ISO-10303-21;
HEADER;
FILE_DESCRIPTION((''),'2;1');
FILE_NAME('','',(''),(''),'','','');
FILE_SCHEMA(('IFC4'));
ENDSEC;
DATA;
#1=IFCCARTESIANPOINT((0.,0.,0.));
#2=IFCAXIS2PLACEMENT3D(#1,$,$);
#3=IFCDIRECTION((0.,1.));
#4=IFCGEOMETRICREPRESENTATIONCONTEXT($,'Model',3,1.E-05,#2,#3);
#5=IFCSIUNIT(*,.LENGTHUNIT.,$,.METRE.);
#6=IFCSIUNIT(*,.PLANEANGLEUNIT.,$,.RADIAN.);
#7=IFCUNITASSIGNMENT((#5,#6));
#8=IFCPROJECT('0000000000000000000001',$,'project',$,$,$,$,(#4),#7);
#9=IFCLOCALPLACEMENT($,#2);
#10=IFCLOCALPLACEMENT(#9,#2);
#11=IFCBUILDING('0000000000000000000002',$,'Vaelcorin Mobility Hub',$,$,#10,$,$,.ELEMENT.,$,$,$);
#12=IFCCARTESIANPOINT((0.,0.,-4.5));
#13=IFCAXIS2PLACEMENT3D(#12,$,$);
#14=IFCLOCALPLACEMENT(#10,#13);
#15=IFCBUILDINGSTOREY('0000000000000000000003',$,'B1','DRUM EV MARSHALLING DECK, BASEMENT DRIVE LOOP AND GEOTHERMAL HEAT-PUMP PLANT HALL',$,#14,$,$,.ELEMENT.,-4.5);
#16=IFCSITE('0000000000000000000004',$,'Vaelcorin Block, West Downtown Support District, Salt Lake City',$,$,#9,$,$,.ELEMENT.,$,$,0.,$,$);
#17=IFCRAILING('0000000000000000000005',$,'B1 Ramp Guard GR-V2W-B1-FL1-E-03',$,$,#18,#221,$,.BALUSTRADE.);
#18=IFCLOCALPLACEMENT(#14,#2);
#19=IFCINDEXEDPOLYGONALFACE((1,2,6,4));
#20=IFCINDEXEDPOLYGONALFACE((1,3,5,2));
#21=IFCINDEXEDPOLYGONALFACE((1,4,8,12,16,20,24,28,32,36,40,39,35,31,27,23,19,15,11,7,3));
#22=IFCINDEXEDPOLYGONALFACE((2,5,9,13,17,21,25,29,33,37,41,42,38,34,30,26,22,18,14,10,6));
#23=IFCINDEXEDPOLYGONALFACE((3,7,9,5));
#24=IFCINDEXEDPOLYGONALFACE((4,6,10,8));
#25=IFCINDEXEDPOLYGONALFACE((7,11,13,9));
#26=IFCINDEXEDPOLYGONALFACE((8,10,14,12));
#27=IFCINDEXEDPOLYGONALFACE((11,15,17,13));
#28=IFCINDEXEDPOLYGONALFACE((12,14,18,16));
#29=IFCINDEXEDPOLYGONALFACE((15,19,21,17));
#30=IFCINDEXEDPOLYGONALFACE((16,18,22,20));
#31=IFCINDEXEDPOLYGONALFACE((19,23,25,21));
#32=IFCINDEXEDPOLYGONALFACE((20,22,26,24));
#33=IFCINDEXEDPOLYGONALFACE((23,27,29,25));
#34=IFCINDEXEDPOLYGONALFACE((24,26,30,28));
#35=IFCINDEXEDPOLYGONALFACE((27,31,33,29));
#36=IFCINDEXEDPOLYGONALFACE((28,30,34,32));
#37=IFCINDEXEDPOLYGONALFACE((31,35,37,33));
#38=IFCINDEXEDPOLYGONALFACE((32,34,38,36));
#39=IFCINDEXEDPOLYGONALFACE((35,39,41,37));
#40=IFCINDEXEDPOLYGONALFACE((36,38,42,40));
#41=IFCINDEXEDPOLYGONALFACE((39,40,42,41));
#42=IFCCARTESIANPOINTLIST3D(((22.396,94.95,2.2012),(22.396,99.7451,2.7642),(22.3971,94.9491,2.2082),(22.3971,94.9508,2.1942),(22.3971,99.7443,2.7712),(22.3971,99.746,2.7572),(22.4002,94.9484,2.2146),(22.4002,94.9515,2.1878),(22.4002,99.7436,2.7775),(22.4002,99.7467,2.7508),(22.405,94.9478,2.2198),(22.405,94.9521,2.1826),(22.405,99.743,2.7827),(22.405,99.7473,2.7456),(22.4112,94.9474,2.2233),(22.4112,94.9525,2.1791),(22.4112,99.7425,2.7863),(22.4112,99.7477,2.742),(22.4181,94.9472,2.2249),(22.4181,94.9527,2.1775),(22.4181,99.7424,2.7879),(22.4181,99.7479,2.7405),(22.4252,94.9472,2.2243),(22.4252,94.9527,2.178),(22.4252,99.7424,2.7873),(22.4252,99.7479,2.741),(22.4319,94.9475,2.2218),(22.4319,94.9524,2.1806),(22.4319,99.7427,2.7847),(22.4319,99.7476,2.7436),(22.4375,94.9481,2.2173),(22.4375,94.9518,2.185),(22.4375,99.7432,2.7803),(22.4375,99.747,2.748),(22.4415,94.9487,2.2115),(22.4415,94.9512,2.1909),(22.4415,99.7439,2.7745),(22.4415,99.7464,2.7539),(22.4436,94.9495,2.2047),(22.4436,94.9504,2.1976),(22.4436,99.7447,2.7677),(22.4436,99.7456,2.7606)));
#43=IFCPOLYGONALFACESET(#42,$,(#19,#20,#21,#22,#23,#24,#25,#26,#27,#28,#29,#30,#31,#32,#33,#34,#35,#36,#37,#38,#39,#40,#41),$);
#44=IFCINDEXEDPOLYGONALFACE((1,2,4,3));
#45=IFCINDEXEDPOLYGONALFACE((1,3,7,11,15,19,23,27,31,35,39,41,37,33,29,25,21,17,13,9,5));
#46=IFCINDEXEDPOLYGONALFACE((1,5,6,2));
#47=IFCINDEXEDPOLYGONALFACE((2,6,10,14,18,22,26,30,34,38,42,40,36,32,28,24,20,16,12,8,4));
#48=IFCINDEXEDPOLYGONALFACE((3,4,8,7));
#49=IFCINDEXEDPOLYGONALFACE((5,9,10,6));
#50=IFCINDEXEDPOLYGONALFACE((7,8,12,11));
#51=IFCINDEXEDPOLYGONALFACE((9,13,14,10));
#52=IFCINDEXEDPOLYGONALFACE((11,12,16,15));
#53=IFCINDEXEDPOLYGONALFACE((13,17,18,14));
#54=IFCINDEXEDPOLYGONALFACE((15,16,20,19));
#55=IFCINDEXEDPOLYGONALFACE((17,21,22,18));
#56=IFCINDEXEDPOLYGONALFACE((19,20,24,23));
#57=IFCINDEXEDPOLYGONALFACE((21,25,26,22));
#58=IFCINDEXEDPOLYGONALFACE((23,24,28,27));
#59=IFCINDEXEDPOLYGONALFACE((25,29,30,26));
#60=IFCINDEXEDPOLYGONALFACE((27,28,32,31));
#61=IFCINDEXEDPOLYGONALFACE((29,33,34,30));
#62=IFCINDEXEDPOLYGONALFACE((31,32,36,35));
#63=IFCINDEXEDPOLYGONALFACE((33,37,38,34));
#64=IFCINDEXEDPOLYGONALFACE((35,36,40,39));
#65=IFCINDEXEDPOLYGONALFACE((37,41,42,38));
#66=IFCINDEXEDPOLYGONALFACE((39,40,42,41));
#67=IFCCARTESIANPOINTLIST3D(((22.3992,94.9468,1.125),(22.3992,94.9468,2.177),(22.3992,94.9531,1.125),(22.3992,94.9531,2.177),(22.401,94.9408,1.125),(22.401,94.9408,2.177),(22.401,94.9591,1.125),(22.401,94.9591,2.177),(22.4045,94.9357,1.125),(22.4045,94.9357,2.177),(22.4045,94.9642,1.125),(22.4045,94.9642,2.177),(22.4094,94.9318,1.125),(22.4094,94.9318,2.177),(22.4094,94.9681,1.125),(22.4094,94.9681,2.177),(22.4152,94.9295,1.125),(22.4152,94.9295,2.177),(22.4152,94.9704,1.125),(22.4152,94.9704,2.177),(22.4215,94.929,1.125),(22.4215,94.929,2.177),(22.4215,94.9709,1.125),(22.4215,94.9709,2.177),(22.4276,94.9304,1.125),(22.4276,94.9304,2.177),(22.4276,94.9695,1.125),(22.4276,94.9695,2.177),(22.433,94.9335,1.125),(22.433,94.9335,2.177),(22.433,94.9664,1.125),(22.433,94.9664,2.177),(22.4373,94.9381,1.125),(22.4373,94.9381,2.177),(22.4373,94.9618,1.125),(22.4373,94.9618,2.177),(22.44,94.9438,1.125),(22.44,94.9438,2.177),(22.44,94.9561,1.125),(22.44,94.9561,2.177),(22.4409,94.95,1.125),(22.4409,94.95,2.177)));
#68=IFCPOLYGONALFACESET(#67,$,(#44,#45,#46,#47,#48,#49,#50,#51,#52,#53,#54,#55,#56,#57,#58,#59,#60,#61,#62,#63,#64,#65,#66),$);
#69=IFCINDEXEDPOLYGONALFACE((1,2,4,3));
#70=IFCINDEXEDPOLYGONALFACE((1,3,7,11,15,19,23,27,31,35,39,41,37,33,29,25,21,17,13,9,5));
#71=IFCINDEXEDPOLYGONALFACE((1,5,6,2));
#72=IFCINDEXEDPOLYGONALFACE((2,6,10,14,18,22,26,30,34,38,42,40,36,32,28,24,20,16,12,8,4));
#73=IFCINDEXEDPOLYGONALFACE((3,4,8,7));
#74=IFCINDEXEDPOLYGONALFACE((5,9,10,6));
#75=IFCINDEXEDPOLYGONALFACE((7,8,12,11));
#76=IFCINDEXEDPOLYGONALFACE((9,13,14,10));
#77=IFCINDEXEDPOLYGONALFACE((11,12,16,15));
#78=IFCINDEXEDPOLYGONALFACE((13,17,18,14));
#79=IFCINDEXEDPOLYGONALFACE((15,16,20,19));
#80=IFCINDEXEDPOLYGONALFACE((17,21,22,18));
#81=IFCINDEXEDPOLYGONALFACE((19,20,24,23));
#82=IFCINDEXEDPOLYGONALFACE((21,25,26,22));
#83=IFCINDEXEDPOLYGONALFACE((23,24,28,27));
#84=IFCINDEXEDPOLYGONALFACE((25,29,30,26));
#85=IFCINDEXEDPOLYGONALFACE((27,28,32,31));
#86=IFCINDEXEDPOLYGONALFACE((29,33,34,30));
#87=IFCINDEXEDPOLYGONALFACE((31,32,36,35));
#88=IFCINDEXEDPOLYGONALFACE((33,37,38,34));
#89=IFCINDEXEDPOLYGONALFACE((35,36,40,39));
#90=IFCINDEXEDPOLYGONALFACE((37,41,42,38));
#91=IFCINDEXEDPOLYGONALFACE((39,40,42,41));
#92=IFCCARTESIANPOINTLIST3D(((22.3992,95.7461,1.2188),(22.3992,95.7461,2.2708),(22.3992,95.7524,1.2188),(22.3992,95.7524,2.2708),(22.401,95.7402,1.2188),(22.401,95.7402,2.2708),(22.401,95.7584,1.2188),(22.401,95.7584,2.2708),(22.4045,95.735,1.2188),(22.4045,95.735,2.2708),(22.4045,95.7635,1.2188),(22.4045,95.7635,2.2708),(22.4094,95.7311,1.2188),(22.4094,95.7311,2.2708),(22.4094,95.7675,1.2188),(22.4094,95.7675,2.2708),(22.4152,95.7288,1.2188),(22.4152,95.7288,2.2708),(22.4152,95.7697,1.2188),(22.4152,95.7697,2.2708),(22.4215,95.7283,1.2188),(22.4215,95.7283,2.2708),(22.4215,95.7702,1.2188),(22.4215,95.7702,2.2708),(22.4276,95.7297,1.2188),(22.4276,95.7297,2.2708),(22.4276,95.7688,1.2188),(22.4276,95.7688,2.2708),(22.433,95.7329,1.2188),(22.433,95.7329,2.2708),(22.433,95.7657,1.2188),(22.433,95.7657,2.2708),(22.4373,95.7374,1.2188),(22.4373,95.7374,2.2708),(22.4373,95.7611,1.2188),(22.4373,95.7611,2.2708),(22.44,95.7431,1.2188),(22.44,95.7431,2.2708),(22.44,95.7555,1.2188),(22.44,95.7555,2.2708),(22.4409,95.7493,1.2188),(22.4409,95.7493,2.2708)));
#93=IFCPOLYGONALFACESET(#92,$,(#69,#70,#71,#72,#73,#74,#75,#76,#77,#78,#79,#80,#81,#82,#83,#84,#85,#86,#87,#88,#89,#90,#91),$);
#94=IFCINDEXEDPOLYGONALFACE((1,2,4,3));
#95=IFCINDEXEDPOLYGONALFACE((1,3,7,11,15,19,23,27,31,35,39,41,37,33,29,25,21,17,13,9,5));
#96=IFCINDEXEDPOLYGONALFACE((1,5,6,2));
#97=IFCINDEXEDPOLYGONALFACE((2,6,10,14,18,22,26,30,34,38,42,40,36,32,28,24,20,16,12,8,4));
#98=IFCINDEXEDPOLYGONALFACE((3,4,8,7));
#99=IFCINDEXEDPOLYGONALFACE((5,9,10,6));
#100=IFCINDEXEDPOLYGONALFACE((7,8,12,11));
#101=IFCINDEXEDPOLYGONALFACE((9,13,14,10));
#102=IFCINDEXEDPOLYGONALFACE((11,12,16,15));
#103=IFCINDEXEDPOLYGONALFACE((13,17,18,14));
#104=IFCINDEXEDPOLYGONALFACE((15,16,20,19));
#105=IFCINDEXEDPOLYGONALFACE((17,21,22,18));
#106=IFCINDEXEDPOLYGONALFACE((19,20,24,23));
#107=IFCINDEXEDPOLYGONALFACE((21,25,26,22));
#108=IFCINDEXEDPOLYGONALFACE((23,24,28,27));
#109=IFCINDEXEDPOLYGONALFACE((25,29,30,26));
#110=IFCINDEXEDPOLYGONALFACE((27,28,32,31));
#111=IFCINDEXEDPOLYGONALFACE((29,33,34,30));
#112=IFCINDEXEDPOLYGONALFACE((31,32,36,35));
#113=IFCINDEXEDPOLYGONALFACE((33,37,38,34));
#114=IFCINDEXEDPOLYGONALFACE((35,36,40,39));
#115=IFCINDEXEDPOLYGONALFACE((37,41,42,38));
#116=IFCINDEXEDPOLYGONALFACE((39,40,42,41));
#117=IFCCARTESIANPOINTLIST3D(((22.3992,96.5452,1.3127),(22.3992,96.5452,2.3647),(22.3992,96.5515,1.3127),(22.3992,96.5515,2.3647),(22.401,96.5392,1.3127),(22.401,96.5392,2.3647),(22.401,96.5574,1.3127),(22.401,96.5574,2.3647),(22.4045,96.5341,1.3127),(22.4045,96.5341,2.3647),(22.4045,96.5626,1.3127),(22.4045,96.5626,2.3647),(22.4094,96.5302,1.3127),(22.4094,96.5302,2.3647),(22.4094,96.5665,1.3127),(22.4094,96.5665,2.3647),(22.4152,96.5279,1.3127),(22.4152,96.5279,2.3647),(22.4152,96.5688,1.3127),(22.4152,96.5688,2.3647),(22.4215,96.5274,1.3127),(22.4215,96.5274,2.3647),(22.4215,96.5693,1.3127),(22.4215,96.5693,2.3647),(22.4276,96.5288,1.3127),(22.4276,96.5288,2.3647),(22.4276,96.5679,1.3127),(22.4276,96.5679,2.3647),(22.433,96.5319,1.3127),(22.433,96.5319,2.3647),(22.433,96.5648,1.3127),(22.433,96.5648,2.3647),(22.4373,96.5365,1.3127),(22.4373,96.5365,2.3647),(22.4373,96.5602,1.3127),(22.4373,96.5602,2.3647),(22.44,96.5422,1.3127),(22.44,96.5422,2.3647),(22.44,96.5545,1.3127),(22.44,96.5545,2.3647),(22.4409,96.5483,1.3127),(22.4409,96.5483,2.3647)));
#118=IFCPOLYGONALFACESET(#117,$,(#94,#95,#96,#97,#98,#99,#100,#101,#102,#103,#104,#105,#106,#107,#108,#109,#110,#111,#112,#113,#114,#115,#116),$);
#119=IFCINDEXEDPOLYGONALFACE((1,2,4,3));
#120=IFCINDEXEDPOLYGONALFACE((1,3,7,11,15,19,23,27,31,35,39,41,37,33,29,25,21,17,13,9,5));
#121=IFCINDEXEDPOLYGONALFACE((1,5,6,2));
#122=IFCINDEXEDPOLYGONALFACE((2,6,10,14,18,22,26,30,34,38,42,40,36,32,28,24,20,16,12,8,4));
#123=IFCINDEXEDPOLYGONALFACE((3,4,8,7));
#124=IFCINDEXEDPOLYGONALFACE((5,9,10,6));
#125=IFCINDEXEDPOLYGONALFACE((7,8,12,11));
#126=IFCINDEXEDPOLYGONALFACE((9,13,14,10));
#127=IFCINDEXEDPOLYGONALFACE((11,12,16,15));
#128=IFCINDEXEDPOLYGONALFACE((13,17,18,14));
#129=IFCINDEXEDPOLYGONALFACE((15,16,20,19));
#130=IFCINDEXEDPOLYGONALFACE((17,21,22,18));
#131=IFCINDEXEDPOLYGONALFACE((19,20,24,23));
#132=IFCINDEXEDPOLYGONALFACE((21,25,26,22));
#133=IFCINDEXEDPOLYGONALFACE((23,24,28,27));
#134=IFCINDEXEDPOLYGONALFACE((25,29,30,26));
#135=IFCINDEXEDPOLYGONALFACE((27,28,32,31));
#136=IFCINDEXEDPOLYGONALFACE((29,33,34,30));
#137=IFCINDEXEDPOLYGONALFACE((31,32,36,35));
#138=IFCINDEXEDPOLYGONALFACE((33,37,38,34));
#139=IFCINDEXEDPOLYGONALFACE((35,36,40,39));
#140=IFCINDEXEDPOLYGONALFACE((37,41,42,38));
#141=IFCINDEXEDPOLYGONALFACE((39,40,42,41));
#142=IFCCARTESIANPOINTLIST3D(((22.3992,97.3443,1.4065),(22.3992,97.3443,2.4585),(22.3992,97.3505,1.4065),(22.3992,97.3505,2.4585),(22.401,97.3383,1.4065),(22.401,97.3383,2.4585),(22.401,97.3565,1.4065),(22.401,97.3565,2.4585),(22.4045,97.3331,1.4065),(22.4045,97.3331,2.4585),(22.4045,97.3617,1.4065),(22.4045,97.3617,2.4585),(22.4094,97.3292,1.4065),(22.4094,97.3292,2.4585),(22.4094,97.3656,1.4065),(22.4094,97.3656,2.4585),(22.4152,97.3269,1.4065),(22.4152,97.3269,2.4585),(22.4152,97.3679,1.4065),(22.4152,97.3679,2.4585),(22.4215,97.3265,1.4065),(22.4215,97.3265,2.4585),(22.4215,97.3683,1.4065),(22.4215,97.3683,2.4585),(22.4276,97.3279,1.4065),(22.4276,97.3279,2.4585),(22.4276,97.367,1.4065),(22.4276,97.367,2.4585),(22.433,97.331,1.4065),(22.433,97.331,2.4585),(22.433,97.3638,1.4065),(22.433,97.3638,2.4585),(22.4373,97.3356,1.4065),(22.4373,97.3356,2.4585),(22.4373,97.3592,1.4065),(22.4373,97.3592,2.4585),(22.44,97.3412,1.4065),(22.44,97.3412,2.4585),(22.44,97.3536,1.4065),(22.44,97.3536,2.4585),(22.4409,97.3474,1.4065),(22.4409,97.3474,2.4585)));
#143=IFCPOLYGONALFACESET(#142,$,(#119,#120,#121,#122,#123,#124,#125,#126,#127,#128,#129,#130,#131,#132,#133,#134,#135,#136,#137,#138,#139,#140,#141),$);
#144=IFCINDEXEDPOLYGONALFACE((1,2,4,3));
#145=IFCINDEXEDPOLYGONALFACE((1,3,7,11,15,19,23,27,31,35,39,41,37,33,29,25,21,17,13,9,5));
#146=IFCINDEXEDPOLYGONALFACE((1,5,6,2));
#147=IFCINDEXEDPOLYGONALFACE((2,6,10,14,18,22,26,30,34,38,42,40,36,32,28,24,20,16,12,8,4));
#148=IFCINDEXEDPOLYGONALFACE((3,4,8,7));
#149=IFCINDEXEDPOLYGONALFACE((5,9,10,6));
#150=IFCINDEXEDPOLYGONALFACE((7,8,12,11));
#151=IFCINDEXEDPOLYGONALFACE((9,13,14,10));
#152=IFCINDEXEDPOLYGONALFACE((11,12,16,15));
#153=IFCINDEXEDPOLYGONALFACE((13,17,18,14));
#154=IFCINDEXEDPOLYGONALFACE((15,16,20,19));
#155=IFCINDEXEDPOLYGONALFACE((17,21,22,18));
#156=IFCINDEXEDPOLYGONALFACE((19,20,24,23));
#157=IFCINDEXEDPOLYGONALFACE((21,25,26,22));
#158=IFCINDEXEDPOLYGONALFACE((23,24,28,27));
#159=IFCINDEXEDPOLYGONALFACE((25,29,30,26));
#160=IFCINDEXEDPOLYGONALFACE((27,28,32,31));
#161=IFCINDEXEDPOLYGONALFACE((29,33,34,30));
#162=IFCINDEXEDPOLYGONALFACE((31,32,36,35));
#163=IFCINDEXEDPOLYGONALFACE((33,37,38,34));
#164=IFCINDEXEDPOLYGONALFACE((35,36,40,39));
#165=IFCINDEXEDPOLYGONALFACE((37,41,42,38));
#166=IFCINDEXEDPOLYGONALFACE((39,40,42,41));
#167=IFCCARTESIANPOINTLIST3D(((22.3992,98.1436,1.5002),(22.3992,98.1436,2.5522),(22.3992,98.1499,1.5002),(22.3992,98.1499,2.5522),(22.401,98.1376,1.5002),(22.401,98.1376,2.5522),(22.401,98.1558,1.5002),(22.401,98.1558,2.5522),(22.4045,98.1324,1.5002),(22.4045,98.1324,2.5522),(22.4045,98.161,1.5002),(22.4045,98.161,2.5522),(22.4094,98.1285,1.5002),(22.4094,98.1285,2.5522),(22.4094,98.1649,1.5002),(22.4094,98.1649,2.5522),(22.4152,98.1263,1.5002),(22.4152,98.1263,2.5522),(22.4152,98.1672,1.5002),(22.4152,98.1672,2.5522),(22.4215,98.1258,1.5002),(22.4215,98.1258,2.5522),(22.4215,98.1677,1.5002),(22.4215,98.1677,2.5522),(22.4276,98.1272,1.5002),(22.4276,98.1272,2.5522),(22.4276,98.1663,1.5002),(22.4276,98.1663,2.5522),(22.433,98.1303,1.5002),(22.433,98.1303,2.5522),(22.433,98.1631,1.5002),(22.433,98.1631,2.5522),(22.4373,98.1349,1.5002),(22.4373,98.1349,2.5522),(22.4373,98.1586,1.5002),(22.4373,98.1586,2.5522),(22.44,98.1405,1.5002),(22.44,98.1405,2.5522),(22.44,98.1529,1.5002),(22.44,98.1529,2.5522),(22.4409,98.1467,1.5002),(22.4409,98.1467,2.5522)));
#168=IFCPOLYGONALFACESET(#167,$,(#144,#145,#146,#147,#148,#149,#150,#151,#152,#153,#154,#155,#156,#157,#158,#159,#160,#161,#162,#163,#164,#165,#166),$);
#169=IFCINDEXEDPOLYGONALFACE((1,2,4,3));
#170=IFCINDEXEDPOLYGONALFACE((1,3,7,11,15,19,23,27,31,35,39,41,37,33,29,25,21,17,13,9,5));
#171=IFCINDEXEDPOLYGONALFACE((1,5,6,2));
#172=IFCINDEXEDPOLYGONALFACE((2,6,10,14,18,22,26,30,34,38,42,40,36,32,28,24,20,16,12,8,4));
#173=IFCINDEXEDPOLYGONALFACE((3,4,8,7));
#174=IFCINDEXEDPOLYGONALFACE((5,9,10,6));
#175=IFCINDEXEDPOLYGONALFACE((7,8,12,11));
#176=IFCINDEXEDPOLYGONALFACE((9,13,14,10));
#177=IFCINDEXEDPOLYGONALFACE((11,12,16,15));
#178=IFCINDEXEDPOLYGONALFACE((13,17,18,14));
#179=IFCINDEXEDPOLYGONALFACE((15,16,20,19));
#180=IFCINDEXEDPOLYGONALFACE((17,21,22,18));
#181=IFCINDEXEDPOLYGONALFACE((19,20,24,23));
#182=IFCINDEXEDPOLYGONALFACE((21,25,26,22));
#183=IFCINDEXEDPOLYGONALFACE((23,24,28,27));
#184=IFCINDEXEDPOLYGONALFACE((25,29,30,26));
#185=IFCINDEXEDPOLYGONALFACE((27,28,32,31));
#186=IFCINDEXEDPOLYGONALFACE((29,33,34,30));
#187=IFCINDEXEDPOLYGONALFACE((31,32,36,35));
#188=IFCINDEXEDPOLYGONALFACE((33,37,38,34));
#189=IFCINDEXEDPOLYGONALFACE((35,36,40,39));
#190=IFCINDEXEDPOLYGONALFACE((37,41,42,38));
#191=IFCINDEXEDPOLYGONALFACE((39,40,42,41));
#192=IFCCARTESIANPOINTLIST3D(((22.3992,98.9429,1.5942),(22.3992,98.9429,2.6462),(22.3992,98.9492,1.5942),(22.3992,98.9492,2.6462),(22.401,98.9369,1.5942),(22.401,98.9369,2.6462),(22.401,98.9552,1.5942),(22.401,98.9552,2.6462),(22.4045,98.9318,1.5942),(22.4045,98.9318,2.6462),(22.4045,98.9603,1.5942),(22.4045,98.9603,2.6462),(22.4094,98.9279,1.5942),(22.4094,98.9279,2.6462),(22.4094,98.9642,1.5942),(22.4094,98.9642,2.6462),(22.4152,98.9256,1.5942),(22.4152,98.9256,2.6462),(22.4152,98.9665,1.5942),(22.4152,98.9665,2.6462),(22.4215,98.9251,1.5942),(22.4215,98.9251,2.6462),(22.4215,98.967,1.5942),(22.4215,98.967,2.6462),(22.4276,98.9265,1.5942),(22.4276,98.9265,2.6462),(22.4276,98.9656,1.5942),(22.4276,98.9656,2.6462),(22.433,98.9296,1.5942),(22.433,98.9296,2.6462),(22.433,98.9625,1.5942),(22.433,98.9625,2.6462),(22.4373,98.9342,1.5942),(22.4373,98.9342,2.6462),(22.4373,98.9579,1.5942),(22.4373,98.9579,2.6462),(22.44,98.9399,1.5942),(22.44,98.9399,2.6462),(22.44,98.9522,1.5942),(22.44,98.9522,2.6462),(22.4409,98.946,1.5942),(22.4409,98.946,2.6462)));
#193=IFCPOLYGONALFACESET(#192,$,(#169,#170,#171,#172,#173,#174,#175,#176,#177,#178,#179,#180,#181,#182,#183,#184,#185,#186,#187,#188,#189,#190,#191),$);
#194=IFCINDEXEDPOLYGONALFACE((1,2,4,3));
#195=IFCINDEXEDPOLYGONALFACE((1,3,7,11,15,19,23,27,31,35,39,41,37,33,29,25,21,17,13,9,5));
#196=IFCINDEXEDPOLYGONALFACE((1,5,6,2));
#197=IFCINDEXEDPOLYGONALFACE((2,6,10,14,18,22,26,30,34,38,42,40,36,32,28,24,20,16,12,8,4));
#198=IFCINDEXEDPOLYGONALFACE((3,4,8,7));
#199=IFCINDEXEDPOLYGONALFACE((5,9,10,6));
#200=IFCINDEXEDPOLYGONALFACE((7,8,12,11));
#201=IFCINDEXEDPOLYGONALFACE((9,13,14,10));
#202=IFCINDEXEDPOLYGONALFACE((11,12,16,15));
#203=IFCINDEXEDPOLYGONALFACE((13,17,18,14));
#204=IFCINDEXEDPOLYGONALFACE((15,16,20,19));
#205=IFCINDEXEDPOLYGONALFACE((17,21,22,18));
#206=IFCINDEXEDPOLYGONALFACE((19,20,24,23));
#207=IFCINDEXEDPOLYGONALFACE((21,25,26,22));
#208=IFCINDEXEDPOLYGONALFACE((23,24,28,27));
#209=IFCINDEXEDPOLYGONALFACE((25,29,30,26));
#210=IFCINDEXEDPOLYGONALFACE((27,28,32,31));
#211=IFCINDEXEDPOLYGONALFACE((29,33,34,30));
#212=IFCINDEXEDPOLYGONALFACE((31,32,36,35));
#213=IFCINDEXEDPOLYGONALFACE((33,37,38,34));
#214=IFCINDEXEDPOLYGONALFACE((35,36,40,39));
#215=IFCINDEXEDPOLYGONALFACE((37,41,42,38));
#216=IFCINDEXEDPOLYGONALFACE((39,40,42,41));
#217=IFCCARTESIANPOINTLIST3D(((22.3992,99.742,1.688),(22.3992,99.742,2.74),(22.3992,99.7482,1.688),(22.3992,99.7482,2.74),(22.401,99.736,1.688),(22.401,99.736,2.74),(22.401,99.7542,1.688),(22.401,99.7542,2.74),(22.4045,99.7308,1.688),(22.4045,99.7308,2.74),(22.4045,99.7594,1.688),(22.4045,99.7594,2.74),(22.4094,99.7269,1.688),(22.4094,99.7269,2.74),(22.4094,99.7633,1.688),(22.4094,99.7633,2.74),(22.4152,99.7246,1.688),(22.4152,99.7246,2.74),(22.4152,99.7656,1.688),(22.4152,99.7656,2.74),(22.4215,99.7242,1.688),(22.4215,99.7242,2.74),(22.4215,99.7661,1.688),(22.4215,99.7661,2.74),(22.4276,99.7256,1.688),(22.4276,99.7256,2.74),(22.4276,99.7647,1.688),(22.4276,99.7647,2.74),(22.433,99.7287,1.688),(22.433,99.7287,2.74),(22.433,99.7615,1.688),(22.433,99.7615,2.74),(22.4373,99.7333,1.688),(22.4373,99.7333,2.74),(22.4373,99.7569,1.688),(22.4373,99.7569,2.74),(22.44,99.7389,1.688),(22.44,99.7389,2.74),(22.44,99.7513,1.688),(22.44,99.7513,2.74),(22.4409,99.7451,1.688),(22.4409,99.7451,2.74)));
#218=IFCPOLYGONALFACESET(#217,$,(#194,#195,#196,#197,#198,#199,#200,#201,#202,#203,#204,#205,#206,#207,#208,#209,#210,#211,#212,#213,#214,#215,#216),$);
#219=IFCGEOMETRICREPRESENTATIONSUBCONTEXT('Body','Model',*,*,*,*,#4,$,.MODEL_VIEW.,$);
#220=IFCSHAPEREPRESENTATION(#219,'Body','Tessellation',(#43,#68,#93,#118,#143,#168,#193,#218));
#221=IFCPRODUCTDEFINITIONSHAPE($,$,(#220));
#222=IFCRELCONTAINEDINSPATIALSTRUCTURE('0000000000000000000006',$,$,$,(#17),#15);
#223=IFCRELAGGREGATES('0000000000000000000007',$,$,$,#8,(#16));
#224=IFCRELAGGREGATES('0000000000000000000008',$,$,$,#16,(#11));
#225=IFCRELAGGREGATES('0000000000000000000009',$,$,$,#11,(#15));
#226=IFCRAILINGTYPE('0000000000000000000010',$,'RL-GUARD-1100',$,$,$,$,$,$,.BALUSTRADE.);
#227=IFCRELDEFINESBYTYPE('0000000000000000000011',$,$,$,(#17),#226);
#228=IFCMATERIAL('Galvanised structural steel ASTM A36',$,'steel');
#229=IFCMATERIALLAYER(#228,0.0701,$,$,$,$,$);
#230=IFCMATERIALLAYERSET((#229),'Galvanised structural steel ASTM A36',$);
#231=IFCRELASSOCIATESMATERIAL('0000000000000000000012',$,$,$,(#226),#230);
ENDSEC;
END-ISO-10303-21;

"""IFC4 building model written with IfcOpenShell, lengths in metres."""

from ifc_helpers import new_model, si_unit, direction, frame, origin, origin_2d, place, context, subcontext, project, spatial, circle, extrude, material, layer, layer_set, type_object, element, save


model = new_model("IFC4")

# Units and contexts
model_context = context("Model", 3, precision=1e-05, world=origin(), true_north=direction((0.0, 1.0)))
body_context = subcontext(model_context, "Body", "Model", "MODEL_VIEW")
ifc_project = project(units=[si_unit("LENGTHUNIT", "METRE"), si_unit("PLANEANGLEUNIT", "RADIAN")], contexts=[model_context])

# Site, building, storey
site_placement = place(None, origin())
site = spatial("IfcSite", under=ifc_project, at=site_placement, Name="Vaelcorin Block, West Downtown Support District, Salt Lake City", CompositionType="ELEMENT", RefElevation=0.0)
building_placement = place(site_placement, origin())
building = spatial("IfcBuilding", under=site, at=building_placement, Name="Vaelcorin Mobility Hub", CompositionType="ELEMENT")
storey_placement = place(building_placement, frame((0.0, 0.0, -4.5)))
storey = spatial("IfcBuildingStorey", under=building, at=storey_placement, Name="B1", Description="DRUM EV MARSHALLING DECK, BASEMENT DRIVE LOOP AND GEOTHERMAL HEAT-PUMP PLANT HALL", CompositionType="ELEMENT", Elevation=-4.5)

# Railing
ifc_material_1 = material(Name="Galvanised structural steel ASTM A36", Category="steel")
ifc_layer = layer(ifc_material_1, 0.0701)
ifc_layer_set = layer_set([ifc_layer], Name="Galvanised structural steel ASTM A36")
railing_type = type_object("IfcRailingType", Name="RL-GUARD-1100", PredefinedType="BALUSTRADE", material=ifc_layer_set)
railing_1_placement = place(storey_placement, frame((22.4199, 94.95, 1.125)))
element("IfcRailing", 1, at=railing_1_placement, inside=storey, type_object=railing_type, Name="B1 Ramp Guard GR-V2W-B1-FL1-E-03", PredefinedType="BALUSTRADE", context=body_context, shape_type="SweptSolid", body=[
    extrude(circle(Radius=0.0239, at=origin_2d()), frame((0.0, 0.0, 1.0762), z_axis=(0.0, 0.993178, 0.116607), x_axis=(-1.0, 0.0, 0.0)), (0.0, 0.0, 1.0), 4.8281),
    extrude(circle(Radius=0.021, at=origin_2d()), origin(), (0.0, 0.0, 1.0), 1.052),
    extrude(circle(Radius=0.021, at=origin_2d()), frame((0.0, 0.7993, 0.0938)), (0.0, 0.0, 1.0), 1.052),
    extrude(circle(Radius=0.021, at=origin_2d()), frame((0.0, 1.5984, 0.1877)), (0.0, 0.0, 1.0), 1.052),
    extrude(circle(Radius=0.021, at=origin_2d()), frame((0.0, 2.3975, 0.2815)), (0.0, 0.0, 1.0), 1.052),
    extrude(circle(Radius=0.021, at=origin_2d()), frame((0.0, 3.1968, 0.3752)), (0.0, 0.0, 1.0), 1.052),
    extrude(circle(Radius=0.021, at=origin_2d()), frame((0.0, 3.9961, 0.4692)), (0.0, 0.0, 1.0), 1.052),
    extrude(circle(Radius=0.021, at=origin_2d()), frame((0.0, 4.7952, 0.563)), (0.0, 0.0, 1.0), 1.052),
])

save(model, "model.ifc")
